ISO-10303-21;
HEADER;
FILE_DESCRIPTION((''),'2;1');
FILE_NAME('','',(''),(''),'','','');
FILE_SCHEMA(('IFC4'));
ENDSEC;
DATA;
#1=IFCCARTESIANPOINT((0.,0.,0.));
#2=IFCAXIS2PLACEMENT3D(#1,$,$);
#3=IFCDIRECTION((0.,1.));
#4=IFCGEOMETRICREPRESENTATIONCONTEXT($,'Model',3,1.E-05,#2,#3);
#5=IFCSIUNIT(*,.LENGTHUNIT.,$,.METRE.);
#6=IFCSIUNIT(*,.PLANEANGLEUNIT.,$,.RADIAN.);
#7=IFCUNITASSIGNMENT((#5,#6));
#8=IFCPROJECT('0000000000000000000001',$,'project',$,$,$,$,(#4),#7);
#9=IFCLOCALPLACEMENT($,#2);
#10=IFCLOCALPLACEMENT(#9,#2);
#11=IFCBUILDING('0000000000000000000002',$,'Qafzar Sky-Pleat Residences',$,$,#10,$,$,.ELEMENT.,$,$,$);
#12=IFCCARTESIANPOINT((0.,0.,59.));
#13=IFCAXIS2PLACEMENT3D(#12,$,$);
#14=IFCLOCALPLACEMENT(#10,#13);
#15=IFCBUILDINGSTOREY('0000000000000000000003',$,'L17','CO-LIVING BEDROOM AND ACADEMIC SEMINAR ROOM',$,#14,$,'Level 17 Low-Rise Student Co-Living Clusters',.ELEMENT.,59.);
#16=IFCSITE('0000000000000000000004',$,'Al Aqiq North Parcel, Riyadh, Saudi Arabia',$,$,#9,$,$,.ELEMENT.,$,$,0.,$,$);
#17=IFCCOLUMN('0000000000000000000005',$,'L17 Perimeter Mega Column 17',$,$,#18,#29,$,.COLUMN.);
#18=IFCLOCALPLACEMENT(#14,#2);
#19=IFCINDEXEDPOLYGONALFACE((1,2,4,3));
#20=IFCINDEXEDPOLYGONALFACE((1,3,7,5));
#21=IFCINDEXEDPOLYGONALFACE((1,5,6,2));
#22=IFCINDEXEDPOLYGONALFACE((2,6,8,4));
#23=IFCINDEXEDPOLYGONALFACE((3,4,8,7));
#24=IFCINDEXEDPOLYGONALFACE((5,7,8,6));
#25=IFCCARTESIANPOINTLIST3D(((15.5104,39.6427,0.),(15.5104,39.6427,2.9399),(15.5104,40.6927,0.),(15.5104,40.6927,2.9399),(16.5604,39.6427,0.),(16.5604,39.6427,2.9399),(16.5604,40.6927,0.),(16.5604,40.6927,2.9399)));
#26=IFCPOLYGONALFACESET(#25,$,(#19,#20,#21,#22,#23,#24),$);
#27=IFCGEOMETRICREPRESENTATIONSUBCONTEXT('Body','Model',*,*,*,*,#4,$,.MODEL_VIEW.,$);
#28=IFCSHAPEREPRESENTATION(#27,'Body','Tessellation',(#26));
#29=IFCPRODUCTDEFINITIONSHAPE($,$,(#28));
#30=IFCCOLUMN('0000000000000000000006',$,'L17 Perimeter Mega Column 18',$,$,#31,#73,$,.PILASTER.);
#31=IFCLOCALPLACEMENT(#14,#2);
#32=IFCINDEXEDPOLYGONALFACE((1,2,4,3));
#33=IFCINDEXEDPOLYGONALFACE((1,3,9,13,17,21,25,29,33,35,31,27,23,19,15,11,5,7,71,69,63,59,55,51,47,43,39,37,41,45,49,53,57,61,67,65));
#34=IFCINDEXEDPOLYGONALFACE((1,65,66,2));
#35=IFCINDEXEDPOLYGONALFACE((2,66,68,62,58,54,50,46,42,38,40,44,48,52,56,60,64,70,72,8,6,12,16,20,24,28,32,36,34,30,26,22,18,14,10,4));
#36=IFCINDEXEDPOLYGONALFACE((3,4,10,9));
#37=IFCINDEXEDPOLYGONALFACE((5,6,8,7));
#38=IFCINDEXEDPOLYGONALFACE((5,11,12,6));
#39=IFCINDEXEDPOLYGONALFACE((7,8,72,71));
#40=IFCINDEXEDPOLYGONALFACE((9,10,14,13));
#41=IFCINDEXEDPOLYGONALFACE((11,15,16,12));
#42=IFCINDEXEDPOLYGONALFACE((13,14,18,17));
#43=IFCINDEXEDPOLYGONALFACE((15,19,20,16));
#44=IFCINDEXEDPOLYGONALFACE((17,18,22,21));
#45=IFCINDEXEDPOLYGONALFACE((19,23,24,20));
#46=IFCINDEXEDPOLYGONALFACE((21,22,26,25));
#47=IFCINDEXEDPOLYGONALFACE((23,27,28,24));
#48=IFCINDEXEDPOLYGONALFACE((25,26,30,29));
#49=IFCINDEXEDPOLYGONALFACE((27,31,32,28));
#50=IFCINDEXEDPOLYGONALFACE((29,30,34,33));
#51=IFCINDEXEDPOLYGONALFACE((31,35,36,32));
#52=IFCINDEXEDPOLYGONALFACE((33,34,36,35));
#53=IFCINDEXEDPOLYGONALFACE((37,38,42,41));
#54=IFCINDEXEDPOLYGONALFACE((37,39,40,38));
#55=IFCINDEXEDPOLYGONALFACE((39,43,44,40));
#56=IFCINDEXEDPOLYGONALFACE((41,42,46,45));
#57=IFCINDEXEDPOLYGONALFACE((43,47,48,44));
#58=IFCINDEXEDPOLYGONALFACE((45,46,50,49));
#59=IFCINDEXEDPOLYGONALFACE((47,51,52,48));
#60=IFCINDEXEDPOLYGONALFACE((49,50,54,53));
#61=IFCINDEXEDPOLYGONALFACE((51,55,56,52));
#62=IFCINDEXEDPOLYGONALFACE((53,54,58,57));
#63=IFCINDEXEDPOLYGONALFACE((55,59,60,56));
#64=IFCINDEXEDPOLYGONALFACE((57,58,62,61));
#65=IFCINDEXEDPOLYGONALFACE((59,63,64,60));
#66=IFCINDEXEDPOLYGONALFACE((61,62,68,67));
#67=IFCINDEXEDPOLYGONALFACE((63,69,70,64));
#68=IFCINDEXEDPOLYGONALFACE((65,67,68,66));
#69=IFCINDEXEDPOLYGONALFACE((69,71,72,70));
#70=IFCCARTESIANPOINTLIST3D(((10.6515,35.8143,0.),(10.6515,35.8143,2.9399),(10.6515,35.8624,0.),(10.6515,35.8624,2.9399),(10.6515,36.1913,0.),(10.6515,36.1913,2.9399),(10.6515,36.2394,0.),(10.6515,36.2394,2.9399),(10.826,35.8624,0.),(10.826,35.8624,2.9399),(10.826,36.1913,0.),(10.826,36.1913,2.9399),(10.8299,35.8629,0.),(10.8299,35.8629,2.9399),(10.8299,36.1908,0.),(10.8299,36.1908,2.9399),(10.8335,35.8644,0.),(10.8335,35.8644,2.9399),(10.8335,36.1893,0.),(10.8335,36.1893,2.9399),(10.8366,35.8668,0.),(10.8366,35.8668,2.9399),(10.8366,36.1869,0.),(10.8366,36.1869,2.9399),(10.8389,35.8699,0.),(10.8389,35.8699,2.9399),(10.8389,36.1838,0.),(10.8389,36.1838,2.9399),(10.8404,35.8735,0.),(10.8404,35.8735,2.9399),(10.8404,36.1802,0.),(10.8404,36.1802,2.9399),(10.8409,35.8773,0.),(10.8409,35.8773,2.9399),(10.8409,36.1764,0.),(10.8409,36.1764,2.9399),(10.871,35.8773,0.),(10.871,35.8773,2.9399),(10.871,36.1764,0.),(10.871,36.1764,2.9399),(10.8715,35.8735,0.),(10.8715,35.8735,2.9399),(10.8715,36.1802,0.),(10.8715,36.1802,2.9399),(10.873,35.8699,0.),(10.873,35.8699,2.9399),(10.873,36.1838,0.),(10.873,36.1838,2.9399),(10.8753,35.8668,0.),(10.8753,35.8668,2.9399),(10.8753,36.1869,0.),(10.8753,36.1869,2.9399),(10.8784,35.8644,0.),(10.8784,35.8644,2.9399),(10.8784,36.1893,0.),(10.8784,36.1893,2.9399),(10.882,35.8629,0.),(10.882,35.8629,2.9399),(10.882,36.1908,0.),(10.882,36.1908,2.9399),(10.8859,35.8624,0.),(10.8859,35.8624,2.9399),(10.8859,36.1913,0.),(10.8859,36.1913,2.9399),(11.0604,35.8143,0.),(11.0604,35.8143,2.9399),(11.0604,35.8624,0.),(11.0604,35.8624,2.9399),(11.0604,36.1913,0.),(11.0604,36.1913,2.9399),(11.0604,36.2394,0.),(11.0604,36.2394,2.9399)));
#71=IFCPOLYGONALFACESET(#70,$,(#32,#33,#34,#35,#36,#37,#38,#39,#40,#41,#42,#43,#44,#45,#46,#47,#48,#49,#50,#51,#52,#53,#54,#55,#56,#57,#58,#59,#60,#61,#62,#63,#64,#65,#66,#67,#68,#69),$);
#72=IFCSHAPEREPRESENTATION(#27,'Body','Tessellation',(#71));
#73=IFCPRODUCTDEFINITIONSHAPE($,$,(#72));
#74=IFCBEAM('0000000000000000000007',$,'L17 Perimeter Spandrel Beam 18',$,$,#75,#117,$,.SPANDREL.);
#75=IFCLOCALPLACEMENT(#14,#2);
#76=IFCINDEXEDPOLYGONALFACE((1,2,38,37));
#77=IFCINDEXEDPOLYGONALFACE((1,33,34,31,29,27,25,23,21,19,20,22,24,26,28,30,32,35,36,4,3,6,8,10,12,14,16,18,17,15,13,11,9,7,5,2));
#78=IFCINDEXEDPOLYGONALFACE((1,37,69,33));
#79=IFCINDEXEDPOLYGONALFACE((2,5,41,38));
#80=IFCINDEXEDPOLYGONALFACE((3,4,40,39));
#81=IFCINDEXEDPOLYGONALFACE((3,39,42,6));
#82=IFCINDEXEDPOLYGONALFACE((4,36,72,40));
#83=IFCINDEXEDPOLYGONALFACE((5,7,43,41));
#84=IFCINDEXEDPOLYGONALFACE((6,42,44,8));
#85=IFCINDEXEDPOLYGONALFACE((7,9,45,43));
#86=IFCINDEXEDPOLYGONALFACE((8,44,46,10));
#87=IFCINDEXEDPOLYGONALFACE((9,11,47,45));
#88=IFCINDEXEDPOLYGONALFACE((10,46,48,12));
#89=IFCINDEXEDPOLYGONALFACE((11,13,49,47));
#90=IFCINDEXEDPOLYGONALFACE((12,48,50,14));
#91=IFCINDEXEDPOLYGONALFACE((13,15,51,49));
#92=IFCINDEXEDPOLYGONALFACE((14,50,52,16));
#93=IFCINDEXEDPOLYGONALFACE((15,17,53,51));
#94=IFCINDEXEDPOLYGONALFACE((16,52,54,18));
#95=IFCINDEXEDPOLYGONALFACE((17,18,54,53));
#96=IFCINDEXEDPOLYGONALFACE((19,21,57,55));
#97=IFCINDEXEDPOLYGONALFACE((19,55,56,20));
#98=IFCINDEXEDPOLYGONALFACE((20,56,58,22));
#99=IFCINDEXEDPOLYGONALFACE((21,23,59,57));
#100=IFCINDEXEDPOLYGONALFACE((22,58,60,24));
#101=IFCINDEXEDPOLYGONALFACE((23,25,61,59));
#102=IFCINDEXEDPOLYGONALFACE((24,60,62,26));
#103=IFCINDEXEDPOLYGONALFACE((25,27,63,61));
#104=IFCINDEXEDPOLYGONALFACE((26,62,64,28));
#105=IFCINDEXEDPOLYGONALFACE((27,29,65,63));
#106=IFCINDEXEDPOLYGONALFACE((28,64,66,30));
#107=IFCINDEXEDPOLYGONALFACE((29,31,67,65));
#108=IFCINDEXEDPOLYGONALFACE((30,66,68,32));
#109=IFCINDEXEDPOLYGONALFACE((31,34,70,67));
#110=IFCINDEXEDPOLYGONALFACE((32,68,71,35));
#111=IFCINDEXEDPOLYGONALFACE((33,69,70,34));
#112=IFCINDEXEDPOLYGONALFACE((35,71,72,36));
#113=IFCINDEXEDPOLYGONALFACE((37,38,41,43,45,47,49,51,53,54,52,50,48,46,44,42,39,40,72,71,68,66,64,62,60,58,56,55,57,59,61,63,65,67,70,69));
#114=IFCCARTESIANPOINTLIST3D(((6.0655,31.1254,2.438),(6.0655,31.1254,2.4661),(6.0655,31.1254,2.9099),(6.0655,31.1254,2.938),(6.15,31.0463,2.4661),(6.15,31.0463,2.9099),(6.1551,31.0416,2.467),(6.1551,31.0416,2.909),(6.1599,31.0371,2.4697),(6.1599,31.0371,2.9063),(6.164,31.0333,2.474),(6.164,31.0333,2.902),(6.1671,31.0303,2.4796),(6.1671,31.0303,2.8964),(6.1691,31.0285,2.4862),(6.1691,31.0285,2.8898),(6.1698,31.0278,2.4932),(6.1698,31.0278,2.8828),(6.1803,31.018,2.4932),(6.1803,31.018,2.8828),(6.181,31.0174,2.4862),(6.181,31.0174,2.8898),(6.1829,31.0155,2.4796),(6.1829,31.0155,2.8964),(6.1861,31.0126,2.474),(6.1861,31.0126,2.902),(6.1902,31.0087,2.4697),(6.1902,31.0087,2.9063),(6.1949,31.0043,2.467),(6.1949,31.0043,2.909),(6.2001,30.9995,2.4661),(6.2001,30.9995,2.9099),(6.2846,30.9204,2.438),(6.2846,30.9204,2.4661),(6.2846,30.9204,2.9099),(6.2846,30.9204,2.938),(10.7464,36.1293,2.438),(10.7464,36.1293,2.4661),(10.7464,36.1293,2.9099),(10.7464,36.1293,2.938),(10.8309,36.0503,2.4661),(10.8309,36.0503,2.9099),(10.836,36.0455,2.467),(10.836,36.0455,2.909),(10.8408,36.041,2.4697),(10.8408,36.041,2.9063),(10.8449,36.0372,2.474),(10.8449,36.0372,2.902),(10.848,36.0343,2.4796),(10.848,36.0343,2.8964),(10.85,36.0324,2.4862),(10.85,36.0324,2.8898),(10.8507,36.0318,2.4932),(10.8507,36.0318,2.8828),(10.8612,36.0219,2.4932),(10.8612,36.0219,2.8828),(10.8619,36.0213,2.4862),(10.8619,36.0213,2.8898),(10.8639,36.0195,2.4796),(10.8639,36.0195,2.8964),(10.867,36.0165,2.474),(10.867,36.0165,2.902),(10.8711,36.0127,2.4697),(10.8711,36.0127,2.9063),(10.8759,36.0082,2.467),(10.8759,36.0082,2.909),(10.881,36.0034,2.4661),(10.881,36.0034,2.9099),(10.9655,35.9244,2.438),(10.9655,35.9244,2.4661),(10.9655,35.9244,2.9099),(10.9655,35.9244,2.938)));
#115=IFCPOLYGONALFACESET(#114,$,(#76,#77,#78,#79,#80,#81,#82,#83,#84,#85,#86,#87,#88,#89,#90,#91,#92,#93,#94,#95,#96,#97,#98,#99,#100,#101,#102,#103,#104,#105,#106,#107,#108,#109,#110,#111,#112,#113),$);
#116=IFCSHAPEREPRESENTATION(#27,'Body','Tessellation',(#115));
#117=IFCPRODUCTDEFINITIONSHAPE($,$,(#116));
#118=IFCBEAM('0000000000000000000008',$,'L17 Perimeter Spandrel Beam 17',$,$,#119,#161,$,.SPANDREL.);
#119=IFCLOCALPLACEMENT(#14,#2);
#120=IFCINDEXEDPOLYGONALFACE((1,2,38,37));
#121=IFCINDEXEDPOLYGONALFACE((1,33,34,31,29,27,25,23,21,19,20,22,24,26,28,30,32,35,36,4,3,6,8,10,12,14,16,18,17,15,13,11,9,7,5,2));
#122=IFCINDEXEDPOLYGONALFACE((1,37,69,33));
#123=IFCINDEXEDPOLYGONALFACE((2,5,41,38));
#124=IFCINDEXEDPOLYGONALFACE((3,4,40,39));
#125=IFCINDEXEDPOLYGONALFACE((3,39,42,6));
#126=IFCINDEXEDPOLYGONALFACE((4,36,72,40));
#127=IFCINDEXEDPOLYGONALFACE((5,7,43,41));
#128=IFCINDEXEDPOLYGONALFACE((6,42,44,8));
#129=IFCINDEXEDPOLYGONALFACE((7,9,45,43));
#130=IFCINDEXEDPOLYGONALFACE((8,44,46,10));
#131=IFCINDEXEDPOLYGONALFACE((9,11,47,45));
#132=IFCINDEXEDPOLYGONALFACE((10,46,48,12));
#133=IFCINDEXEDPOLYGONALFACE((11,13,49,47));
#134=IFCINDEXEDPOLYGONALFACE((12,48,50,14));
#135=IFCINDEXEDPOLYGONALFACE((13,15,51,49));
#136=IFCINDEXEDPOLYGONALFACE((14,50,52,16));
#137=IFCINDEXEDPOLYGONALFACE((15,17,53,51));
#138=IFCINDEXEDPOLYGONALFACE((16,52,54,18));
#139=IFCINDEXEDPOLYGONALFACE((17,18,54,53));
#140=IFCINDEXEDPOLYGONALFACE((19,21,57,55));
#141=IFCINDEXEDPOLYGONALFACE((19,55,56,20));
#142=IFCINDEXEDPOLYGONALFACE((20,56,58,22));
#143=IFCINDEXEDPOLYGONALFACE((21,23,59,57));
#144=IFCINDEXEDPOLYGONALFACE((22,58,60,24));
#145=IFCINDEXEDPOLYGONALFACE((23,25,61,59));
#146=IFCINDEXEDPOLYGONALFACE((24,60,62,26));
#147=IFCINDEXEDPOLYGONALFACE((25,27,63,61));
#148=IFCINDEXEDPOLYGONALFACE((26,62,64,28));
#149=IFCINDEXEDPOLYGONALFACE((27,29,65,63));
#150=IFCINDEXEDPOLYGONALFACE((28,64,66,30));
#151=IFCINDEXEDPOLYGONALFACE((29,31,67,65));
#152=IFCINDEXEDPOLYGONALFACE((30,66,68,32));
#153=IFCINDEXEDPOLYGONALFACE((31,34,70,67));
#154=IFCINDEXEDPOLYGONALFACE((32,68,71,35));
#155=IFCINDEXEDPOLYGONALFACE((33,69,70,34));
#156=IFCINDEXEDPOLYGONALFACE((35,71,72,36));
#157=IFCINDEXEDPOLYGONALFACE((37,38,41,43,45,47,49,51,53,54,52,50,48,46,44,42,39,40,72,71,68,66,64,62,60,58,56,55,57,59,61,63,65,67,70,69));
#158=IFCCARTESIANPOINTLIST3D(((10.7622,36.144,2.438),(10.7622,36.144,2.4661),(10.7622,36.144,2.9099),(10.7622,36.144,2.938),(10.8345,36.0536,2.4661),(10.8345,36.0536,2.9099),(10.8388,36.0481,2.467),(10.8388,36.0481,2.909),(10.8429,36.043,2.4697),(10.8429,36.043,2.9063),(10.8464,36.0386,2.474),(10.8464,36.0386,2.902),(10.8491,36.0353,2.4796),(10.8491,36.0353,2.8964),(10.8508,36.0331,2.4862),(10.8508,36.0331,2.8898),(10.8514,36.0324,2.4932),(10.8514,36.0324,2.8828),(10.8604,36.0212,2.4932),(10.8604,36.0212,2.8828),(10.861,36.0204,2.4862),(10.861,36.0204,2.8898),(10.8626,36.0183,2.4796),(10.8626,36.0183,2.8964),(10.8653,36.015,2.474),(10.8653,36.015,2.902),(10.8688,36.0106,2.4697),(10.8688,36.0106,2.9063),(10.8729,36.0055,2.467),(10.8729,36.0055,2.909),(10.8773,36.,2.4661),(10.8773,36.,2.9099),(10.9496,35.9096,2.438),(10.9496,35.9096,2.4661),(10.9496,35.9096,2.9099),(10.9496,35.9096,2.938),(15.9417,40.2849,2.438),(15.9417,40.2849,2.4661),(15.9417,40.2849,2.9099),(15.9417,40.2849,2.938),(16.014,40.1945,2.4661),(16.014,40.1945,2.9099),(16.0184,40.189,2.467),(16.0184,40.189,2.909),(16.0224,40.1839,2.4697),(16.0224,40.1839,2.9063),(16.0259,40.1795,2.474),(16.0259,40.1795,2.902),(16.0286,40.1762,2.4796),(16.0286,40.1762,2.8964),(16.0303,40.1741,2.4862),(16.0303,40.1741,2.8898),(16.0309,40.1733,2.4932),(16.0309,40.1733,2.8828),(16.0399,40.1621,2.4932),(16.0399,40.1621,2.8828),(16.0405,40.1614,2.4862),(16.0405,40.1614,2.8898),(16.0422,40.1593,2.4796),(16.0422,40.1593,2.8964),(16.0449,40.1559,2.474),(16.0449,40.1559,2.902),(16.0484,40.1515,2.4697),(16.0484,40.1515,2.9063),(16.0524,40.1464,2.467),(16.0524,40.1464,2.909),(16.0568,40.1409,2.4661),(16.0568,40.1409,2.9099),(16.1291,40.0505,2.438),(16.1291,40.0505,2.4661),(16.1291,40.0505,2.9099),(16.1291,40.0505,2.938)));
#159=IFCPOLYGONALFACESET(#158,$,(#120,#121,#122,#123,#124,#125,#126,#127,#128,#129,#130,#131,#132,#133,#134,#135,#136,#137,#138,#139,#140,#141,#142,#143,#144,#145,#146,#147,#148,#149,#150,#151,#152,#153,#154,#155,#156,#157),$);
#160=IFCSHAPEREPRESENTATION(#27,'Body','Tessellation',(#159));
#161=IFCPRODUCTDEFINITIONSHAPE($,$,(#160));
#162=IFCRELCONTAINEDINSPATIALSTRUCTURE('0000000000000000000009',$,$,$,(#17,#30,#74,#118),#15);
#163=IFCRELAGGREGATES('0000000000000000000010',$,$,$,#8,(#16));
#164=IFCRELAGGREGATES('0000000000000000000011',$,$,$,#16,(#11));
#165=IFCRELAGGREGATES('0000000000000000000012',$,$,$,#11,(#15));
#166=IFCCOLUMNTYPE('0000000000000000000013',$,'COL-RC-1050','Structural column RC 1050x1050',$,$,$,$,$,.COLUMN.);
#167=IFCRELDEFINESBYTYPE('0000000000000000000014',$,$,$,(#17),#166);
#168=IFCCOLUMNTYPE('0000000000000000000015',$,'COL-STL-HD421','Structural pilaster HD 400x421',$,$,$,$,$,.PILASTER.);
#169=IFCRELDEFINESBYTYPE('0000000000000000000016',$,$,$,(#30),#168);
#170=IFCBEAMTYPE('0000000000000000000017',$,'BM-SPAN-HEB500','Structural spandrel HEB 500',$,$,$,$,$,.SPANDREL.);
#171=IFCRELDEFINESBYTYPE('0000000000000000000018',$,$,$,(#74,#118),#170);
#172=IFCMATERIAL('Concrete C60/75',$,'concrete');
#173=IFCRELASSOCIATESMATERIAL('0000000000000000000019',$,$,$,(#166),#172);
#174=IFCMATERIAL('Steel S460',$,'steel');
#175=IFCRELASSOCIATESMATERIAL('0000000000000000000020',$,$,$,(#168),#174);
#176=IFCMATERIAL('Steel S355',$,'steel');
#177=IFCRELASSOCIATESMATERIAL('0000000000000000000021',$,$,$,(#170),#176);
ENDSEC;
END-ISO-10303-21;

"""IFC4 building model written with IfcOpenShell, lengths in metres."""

from ifc_helpers import new_model, si_unit, direction, frame, origin, origin_2d, place, context, subcontext, project, spatial, rectangle, i_section, extrude, source, transform, mapped, material, material_profile, profile_set, type_object, element, save


model = new_model("IFC4")

# Units and contexts
model_context = context("Model", 3, precision=1e-05, world=origin(), true_north=direction((0.0, 1.0)))
body_context = subcontext(model_context, "Body", "Model", "MODEL_VIEW")
ifc_project = project(units=[si_unit("LENGTHUNIT", "METRE"), si_unit("PLANEANGLEUNIT", "RADIAN")], contexts=[model_context])

# Site, building, storey
site_placement = place(None, origin())
site = spatial("IfcSite", under=ifc_project, at=site_placement, Name="Al Aqiq North Parcel, Riyadh, Saudi Arabia", CompositionType="ELEMENT", RefElevation=0.0)
building_placement = place(site_placement, origin())
building = spatial("IfcBuilding", under=site, at=building_placement, Name="Qafzar Sky-Pleat Residences", CompositionType="ELEMENT")
storey_placement = place(building_placement, frame((0.0, 0.0, 59.0)))
storey = spatial("IfcBuildingStorey", under=building, at=storey_placement, Name="L17", Description="CO-LIVING BEDROOM AND ACADEMIC SEMINAR ROOM", LongName="Level 17 Low-Rise Student Co-Living Clusters", CompositionType="ELEMENT", Elevation=59.0)

# Columns
ifc_material_1 = material(Name="Concrete C60/75", Category="concrete")
ifc_material_profile_1 = material_profile(ifc_material_1, rectangle(XDim=1.05, YDim=1.05, at=origin_2d()), Name="RC 1050x1050")
ifc_profile_set_1 = profile_set([ifc_material_profile_1], Name="Concrete C60/75")
column_type_1 = type_object("IfcColumnType", Name="COL-RC-1050", Description="Structural column RC 1050x1050", PredefinedType="COLUMN", material=ifc_profile_set_1)
shared_shape_1 = source(origin(), body_context, "Body", "SweptSolid", [
    extrude(rectangle(XDim=1.05, YDim=1.05, at=origin_2d()), origin(), (0.0, 0.0, 1.0), 2.9399),
])
column_1_placement = place(storey_placement, frame((16.0354, 40.1677, 0.0), z_axis=(0.0, 0.0, 1.0), x_axis=(1.0, 0.0, 0.0)))
element("IfcColumn", 1, at=column_1_placement, inside=storey, type_object=column_type_1, Name="L17 Perimeter Mega Column 17", PredefinedType="COLUMN", context=body_context, shape_type="MappedRepresentation", body=[
    mapped(shared_shape_1, transform((0.0, 0.0, 0.0), x_axis=(1.0, 0.0, 0.0), y_axis=(0.0, 1.0, 0.0), z_axis=(0.0, 0.0, 1.0), scale=1.0)),
])
ifc_material_2 = material(Name="Steel S460", Category="steel")
ifc_material_profile_2 = material_profile(ifc_material_2, i_section(OverallWidth=0.4089, OverallDepth=0.425, WebThickness=0.03, FlangeThickness=0.0481, FilletRadius=0.0149, at=origin_2d()), Name="HD 400x421")
ifc_profile_set_2 = profile_set([ifc_material_profile_2], Name="Steel S460")
column_type_2 = type_object("IfcColumnType", Name="COL-STL-HD421", Description="Structural pilaster HD 400x421", PredefinedType="PILASTER", material=ifc_profile_set_2)
shared_shape_2 = source(origin(), body_context, "Body", "SweptSolid", [
    extrude(i_section(OverallWidth=0.4089, OverallDepth=0.425, WebThickness=0.03, FlangeThickness=0.0481, FilletRadius=0.0149, at=origin_2d()), origin(), (0.0, 0.0, 1.0), 2.9399),
])
column_2_placement = place(storey_placement, frame((10.856, 36.0269, 0.0), z_axis=(0.0, 0.0, 1.0), x_axis=(1.0, 0.0, 0.0)))
element("IfcColumn", 2, at=column_2_placement, inside=storey, type_object=column_type_2, Name="L17 Perimeter Mega Column 18", PredefinedType="PILASTER", context=body_context, shape_type="MappedRepresentation", body=[
    mapped(shared_shape_2, transform((0.0, 0.0, 0.0), x_axis=(1.0, 0.0, 0.0), y_axis=(0.0, 1.0, 0.0), z_axis=(0.0, 0.0, 1.0), scale=1.0)),
])

# Beams
ifc_material_3 = material(Name="Steel S355", Category="steel")
ifc_material_profile_3 = material_profile(ifc_material_3, i_section(OverallWidth=0.3, OverallDepth=0.5, WebThickness=0.0144, FlangeThickness=0.0281, FilletRadius=0.0271, at=origin_2d()), Name="HEB 500")
ifc_profile_set_3 = profile_set([ifc_material_profile_3], Name="Steel S355")
beam_type_1 = type_object("IfcBeamType", Name="BM-SPAN-HEB500", Description="Structural spandrel HEB 500", PredefinedType="SPANDREL", material=ifc_profile_set_3)
shared_shape_3 = source(origin(), body_context, "Body", "SweptSolid", [
    extrude(i_section(OverallWidth=0.3, OverallDepth=0.5, WebThickness=0.0144, FlangeThickness=0.0281, FilletRadius=0.0271, at=origin_2d()), origin(), (0.0, 0.0, 1.0), 6.8521),
])
beam_1_placement = place(storey_placement, frame((10.856, 36.0269, 2.688), z_axis=(-0.683144, -0.730283, 0.0), x_axis=(0.730283, -0.683144, 0.0)))
element("IfcBeam", 3, at=beam_1_placement, inside=storey, type_object=beam_type_1, Name="L17 Perimeter Spandrel Beam 18", PredefinedType="SPANDREL", context=body_context, shape_type="MappedRepresentation", body=[
    mapped(shared_shape_3, transform((0.0, 0.0, 0.0), x_axis=(1.0, 0.0, 0.0), y_axis=(0.0, 1.0, 0.0), z_axis=(0.0, 0.0, 1.0), scale=1.0)),
])
shared_shape_4 = source(origin(), body_context, "Body", "SweptSolid", [
    extrude(i_section(OverallWidth=0.3, OverallDepth=0.5, WebThickness=0.0144, FlangeThickness=0.0281, FilletRadius=0.0271, at=origin_2d()), origin(), (0.0, 0.0, 1.0), 6.6313),
])
beam_2_placement = place(storey_placement, frame((16.0354, 40.1677, 2.688), z_axis=(-0.781066, -0.624448, 0.0), x_axis=(0.624448, -0.781066, 0.0)))
element("IfcBeam", 4, at=beam_2_placement, inside=storey, type_object=beam_type_1, Name="L17 Perimeter Spandrel Beam 17", PredefinedType="SPANDREL", context=body_context, shape_type="MappedRepresentation", body=[
    mapped(shared_shape_4, transform((0.0, 0.0, 0.0), x_axis=(1.0, 0.0, 0.0), y_axis=(0.0, 1.0, 0.0), z_axis=(0.0, 0.0, 1.0), scale=1.0)),
])

save(model, "model.ifc")
